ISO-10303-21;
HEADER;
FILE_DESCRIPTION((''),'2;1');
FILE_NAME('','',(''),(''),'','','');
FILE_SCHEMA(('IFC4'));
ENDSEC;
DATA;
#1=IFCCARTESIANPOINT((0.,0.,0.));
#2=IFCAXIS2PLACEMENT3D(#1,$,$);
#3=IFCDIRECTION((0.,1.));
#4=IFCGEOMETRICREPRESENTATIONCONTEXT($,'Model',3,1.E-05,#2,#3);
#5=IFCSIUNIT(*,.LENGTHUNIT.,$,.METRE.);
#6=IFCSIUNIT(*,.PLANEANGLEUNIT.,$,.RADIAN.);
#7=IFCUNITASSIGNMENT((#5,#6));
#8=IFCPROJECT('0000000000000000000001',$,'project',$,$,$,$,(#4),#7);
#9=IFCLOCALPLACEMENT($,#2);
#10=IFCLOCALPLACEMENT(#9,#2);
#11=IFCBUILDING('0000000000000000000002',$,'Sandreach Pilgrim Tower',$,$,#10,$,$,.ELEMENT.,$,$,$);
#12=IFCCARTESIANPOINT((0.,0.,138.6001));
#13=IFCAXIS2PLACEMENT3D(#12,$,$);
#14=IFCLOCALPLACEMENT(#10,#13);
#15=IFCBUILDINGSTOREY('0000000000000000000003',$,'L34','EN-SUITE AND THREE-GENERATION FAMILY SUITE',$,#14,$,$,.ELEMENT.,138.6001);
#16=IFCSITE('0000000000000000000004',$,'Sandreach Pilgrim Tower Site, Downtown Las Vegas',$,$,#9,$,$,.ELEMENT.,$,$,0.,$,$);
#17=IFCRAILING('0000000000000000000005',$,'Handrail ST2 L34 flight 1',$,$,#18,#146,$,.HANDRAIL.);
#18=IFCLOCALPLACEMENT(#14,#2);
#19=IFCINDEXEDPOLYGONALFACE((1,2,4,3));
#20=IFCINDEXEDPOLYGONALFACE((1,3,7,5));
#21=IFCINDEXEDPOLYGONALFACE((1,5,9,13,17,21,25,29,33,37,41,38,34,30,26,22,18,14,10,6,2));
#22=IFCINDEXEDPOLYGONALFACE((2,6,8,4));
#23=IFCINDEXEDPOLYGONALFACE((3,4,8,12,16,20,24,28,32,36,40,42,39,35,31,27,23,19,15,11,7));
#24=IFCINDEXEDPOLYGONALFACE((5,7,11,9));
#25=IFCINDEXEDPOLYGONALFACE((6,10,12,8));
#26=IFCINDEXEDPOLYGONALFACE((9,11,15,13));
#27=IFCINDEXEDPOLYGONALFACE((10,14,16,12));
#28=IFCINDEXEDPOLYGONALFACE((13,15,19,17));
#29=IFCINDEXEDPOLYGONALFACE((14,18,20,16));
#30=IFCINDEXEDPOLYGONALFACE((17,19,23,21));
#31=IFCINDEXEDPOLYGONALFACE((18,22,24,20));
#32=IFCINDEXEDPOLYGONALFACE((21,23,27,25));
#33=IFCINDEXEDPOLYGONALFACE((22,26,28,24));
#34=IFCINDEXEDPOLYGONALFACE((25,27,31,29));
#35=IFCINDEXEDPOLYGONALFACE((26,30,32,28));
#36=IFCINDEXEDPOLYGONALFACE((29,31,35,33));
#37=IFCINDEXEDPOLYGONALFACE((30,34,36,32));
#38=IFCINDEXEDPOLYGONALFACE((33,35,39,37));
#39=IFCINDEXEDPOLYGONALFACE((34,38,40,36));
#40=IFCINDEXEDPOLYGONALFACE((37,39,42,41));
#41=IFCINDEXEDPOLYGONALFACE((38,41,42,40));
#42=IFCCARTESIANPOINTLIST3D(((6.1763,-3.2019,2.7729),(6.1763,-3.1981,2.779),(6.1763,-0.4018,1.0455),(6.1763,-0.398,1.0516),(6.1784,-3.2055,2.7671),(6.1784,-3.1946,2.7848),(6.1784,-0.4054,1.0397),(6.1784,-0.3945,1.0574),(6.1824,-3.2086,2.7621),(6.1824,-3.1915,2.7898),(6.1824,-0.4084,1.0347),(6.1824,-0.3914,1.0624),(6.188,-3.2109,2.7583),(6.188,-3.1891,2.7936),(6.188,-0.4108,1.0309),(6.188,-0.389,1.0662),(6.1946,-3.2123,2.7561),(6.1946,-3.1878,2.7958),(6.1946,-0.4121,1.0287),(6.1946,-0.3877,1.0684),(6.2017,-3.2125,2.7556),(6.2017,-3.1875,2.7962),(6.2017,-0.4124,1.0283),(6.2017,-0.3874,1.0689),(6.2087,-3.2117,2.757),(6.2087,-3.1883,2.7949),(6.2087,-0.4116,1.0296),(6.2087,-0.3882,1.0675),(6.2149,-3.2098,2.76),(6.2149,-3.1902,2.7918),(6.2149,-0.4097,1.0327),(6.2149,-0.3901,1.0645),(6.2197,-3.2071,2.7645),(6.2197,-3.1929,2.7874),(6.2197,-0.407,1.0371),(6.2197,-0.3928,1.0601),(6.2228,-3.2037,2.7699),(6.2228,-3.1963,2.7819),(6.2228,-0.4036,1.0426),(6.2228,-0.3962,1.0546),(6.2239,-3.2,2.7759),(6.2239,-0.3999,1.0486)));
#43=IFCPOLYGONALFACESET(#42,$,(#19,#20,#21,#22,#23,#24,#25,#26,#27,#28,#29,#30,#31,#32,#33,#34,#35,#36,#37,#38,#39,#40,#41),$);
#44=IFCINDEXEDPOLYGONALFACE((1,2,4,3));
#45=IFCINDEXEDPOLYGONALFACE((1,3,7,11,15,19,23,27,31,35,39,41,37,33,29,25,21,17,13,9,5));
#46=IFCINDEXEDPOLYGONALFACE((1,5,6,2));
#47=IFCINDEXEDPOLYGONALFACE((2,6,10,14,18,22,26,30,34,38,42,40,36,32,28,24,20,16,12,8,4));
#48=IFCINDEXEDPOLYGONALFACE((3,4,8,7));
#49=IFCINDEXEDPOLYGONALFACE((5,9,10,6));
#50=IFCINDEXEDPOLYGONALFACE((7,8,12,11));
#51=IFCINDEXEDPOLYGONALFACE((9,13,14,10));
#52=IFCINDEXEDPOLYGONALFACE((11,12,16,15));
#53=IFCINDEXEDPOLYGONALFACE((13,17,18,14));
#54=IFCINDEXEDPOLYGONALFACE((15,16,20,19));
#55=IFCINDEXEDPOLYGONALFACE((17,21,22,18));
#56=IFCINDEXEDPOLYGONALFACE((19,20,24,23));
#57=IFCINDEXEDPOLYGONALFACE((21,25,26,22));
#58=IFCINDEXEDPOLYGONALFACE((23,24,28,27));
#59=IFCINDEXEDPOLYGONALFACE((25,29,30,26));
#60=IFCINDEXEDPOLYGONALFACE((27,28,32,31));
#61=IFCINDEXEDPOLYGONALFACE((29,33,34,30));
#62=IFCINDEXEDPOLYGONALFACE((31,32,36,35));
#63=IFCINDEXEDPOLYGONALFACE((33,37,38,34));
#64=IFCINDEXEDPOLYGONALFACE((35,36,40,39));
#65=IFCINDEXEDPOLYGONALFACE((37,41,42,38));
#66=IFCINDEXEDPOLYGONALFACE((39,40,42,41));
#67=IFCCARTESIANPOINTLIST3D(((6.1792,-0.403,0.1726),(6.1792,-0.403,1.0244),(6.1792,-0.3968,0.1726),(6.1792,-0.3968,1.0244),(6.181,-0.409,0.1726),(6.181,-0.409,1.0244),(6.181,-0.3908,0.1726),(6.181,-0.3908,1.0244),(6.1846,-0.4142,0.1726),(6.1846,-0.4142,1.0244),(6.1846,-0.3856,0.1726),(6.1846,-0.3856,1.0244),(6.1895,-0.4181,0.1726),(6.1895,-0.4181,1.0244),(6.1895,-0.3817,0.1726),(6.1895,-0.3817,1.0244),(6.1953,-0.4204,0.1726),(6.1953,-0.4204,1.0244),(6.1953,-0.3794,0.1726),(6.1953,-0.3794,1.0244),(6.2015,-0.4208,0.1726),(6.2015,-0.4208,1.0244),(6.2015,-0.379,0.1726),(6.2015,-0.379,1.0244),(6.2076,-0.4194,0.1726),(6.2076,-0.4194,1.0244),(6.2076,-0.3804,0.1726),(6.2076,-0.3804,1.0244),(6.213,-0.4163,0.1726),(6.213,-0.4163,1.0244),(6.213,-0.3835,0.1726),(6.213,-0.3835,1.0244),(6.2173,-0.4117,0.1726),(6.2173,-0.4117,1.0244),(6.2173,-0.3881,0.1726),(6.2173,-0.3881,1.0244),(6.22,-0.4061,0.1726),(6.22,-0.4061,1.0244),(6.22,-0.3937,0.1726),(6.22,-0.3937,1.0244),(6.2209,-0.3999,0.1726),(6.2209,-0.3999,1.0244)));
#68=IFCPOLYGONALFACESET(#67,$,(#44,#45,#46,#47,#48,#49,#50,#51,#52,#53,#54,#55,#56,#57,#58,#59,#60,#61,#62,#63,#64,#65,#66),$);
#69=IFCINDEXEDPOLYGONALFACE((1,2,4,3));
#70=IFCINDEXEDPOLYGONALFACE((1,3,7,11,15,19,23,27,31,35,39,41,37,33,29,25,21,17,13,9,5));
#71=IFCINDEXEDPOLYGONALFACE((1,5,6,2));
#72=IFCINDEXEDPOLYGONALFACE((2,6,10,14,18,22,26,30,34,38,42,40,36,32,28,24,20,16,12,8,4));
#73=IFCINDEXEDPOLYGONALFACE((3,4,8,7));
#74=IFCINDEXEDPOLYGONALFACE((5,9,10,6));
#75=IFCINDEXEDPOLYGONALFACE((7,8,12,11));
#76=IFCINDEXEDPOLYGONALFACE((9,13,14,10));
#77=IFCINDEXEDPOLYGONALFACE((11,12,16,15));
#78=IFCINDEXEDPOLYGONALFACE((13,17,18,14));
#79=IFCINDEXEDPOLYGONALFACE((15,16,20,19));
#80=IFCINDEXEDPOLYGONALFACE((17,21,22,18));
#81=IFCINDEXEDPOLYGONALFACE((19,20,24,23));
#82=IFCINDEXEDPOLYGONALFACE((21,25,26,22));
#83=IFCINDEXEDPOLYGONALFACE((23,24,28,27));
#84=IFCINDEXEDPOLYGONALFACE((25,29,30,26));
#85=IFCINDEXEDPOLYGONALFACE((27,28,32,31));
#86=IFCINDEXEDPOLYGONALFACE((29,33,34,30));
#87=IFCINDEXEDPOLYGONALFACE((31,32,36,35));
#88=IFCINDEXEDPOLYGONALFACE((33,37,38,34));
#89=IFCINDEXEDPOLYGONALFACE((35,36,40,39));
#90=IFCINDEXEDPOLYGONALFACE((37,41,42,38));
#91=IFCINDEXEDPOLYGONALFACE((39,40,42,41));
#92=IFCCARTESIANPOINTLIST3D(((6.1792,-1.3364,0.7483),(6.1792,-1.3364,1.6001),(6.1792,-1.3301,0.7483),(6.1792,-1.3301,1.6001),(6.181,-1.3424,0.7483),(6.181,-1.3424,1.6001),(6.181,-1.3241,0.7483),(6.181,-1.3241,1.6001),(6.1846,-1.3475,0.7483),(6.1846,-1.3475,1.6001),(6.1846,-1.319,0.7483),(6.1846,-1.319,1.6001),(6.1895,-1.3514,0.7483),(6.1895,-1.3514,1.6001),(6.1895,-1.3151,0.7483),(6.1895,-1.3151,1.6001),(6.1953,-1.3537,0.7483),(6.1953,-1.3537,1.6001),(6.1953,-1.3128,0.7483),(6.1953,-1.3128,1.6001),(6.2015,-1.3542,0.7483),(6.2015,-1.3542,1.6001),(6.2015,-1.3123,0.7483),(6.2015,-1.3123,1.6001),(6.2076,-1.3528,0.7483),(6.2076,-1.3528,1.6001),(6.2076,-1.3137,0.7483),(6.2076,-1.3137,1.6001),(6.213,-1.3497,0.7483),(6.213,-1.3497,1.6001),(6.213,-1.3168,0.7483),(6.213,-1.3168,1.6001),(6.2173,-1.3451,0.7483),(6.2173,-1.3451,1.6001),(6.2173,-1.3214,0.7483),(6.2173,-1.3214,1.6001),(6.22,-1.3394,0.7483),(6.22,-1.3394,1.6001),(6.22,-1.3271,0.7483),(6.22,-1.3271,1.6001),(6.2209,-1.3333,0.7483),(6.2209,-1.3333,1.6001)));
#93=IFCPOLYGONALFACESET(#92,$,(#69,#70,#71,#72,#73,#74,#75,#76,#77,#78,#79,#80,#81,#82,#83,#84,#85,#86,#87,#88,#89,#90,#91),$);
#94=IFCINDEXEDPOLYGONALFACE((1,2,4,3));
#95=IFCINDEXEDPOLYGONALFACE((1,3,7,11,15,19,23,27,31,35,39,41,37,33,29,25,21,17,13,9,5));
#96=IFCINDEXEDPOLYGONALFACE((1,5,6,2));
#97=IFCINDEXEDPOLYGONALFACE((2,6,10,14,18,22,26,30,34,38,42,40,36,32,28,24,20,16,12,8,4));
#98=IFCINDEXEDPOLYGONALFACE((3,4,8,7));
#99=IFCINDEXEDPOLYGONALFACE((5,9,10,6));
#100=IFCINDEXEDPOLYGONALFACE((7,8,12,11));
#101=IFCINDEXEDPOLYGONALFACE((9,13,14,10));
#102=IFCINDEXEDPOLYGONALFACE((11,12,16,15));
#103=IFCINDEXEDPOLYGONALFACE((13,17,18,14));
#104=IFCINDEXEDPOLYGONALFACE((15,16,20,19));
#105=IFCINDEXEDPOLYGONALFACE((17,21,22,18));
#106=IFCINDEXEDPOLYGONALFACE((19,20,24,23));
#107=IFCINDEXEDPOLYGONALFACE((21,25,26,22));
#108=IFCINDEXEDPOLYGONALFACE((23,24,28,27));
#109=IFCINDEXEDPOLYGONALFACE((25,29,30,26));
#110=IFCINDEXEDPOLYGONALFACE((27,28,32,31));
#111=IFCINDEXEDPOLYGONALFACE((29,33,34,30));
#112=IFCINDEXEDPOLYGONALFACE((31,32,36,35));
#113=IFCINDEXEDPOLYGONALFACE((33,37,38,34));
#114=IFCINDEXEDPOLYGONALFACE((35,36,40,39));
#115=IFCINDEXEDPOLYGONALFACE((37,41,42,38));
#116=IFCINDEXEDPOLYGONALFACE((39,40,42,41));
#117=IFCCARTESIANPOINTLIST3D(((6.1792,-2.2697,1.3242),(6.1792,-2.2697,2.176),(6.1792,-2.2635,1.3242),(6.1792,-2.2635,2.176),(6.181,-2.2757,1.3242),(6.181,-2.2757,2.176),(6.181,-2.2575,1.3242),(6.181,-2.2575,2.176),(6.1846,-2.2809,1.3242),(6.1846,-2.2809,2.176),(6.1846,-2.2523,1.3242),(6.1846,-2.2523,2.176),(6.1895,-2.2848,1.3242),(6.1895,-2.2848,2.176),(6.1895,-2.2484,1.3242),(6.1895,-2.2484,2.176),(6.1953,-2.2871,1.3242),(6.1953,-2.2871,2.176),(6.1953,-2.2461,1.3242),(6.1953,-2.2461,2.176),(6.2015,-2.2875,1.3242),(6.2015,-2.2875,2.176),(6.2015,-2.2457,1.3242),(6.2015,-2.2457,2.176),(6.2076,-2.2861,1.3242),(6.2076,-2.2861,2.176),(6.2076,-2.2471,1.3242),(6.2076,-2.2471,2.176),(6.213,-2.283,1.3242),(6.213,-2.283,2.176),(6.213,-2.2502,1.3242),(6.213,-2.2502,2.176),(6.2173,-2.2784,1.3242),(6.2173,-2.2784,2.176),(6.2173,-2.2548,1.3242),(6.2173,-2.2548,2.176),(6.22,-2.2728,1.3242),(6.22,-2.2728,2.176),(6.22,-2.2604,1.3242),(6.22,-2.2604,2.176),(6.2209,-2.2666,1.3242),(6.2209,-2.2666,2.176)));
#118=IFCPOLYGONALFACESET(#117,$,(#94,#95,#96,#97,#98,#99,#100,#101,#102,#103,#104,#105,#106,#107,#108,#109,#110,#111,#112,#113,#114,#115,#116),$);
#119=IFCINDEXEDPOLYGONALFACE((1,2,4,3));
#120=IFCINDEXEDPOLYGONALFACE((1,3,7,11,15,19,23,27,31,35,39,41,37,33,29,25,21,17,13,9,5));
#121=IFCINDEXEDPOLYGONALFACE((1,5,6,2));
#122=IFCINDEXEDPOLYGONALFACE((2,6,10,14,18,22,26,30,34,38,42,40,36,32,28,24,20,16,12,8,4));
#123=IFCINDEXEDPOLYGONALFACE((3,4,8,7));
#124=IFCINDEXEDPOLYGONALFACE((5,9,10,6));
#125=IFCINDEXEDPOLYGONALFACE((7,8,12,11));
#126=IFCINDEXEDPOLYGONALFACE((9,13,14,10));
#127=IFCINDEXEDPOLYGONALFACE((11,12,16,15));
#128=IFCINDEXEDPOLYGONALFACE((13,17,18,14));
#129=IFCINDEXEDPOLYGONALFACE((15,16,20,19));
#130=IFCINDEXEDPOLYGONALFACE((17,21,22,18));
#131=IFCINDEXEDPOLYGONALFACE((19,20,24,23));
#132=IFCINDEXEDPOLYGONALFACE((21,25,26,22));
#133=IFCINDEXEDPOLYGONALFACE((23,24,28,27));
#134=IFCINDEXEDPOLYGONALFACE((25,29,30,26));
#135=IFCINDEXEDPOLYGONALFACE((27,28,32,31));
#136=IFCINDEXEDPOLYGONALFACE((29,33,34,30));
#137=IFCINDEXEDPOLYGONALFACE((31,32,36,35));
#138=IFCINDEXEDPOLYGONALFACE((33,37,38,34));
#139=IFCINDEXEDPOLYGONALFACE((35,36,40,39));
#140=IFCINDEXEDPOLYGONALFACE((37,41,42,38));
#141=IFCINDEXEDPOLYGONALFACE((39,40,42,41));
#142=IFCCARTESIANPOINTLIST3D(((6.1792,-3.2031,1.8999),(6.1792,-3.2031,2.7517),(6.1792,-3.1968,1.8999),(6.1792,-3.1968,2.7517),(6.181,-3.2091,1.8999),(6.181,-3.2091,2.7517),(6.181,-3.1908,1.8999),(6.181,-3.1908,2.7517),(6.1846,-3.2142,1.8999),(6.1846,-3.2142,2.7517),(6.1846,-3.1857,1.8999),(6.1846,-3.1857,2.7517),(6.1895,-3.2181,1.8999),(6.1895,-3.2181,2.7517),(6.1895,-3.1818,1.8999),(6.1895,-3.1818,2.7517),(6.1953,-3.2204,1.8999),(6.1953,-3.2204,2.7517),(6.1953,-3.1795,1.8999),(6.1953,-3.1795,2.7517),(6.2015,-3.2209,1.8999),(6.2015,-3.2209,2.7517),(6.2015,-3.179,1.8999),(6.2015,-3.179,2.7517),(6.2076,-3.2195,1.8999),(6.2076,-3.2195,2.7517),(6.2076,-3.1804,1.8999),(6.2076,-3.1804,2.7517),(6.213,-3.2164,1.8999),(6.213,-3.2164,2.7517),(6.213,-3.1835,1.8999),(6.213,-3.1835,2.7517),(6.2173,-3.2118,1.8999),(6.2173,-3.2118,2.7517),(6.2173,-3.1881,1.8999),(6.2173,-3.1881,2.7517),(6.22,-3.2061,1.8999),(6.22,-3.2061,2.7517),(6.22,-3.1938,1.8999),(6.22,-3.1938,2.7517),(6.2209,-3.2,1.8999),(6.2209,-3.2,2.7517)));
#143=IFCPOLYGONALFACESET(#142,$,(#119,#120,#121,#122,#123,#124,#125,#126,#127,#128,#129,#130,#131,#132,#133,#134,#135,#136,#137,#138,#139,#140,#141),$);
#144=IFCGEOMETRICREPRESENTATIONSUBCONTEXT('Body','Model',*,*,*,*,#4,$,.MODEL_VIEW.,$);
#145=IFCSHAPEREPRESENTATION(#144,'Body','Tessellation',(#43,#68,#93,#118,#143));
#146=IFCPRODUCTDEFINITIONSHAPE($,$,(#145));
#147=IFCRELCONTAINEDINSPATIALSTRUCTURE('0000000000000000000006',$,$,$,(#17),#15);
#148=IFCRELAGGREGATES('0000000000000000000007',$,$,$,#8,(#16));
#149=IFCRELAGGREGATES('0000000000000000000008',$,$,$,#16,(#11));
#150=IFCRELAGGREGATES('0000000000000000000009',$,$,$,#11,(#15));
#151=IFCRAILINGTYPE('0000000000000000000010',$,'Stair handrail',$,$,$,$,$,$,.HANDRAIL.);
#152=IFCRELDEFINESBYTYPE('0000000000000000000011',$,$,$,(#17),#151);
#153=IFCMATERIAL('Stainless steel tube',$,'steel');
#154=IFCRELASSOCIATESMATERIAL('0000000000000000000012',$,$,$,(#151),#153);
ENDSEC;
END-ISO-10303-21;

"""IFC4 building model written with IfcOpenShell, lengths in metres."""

from ifc_helpers import new_model, si_unit, direction, frame, origin, origin_2d, place, context, subcontext, project, spatial, circle, extrude, material, type_object, element, save


model = new_model("IFC4")

# Units and contexts
model_context = context("Model", 3, precision=1e-05, world=origin(), true_north=direction((0.0, 1.0)))
body_context = subcontext(model_context, "Body", "Model", "MODEL_VIEW")
ifc_project = project(units=[si_unit("LENGTHUNIT", "METRE"), si_unit("PLANEANGLEUNIT", "RADIAN")], contexts=[model_context])

# Site, building, storey
site_placement = place(None, origin())
site = spatial("IfcSite", under=ifc_project, at=site_placement, Name="Sandreach Pilgrim Tower Site, Downtown Las Vegas", CompositionType="ELEMENT", RefElevation=0.0)
building_placement = place(site_placement, origin())
building = spatial("IfcBuilding", under=site, at=building_placement, Name="Sandreach Pilgrim Tower", CompositionType="ELEMENT")
storey_placement = place(building_placement, frame((0.0, 0.0, 138.6001)))
storey = spatial("IfcBuildingStorey", under=building, at=storey_placement, Name="L34", Description="EN-SUITE AND THREE-GENERATION FAMILY SUITE", CompositionType="ELEMENT", Elevation=138.6001)

# Railing
ifc_material_1 = material(Name="Stainless steel tube", Category="steel")
railing_type = type_object("IfcRailingType", Name="Stair handrail", PredefinedType="HANDRAIL", material=ifc_material_1)
for number, where, name in (
    (1, (6.2, -0.3999, 0.1726), "Handrail ST2 L34 flight 1"),
):
    element("IfcRailing", number, at=place(storey_placement, frame(where)), inside=storey, type_object=railing_type, Name=name, PredefinedType="HANDRAIL", context=body_context, shape_type="SweptSolid", body=[
        extrude(circle(Radius=0.0239, at=origin_2d()), frame((0.0, 0.0, 0.876), z_axis=(0.0, -0.85109, 0.52502), x_axis=(1.0, 0.0, 0.0)), (0.0, 0.0, 1.0), 3.29),
        extrude(circle(Radius=0.021, at=origin_2d()), origin(), (0.0, 0.0, 1.0), 0.8518),
        extrude(circle(Radius=0.021, at=origin_2d()), frame((0.0, -0.9333, 0.5757)), (0.0, 0.0, 1.0), 0.8518),
        extrude(circle(Radius=0.021, at=origin_2d()), frame((0.0, -1.8667, 1.1516)), (0.0, 0.0, 1.0), 0.8518),
        extrude(circle(Radius=0.021, at=origin_2d()), frame((0.0, -2.8, 1.7273)), (0.0, 0.0, 1.0), 0.8518),
    ])

save(model, "model.ifc")
